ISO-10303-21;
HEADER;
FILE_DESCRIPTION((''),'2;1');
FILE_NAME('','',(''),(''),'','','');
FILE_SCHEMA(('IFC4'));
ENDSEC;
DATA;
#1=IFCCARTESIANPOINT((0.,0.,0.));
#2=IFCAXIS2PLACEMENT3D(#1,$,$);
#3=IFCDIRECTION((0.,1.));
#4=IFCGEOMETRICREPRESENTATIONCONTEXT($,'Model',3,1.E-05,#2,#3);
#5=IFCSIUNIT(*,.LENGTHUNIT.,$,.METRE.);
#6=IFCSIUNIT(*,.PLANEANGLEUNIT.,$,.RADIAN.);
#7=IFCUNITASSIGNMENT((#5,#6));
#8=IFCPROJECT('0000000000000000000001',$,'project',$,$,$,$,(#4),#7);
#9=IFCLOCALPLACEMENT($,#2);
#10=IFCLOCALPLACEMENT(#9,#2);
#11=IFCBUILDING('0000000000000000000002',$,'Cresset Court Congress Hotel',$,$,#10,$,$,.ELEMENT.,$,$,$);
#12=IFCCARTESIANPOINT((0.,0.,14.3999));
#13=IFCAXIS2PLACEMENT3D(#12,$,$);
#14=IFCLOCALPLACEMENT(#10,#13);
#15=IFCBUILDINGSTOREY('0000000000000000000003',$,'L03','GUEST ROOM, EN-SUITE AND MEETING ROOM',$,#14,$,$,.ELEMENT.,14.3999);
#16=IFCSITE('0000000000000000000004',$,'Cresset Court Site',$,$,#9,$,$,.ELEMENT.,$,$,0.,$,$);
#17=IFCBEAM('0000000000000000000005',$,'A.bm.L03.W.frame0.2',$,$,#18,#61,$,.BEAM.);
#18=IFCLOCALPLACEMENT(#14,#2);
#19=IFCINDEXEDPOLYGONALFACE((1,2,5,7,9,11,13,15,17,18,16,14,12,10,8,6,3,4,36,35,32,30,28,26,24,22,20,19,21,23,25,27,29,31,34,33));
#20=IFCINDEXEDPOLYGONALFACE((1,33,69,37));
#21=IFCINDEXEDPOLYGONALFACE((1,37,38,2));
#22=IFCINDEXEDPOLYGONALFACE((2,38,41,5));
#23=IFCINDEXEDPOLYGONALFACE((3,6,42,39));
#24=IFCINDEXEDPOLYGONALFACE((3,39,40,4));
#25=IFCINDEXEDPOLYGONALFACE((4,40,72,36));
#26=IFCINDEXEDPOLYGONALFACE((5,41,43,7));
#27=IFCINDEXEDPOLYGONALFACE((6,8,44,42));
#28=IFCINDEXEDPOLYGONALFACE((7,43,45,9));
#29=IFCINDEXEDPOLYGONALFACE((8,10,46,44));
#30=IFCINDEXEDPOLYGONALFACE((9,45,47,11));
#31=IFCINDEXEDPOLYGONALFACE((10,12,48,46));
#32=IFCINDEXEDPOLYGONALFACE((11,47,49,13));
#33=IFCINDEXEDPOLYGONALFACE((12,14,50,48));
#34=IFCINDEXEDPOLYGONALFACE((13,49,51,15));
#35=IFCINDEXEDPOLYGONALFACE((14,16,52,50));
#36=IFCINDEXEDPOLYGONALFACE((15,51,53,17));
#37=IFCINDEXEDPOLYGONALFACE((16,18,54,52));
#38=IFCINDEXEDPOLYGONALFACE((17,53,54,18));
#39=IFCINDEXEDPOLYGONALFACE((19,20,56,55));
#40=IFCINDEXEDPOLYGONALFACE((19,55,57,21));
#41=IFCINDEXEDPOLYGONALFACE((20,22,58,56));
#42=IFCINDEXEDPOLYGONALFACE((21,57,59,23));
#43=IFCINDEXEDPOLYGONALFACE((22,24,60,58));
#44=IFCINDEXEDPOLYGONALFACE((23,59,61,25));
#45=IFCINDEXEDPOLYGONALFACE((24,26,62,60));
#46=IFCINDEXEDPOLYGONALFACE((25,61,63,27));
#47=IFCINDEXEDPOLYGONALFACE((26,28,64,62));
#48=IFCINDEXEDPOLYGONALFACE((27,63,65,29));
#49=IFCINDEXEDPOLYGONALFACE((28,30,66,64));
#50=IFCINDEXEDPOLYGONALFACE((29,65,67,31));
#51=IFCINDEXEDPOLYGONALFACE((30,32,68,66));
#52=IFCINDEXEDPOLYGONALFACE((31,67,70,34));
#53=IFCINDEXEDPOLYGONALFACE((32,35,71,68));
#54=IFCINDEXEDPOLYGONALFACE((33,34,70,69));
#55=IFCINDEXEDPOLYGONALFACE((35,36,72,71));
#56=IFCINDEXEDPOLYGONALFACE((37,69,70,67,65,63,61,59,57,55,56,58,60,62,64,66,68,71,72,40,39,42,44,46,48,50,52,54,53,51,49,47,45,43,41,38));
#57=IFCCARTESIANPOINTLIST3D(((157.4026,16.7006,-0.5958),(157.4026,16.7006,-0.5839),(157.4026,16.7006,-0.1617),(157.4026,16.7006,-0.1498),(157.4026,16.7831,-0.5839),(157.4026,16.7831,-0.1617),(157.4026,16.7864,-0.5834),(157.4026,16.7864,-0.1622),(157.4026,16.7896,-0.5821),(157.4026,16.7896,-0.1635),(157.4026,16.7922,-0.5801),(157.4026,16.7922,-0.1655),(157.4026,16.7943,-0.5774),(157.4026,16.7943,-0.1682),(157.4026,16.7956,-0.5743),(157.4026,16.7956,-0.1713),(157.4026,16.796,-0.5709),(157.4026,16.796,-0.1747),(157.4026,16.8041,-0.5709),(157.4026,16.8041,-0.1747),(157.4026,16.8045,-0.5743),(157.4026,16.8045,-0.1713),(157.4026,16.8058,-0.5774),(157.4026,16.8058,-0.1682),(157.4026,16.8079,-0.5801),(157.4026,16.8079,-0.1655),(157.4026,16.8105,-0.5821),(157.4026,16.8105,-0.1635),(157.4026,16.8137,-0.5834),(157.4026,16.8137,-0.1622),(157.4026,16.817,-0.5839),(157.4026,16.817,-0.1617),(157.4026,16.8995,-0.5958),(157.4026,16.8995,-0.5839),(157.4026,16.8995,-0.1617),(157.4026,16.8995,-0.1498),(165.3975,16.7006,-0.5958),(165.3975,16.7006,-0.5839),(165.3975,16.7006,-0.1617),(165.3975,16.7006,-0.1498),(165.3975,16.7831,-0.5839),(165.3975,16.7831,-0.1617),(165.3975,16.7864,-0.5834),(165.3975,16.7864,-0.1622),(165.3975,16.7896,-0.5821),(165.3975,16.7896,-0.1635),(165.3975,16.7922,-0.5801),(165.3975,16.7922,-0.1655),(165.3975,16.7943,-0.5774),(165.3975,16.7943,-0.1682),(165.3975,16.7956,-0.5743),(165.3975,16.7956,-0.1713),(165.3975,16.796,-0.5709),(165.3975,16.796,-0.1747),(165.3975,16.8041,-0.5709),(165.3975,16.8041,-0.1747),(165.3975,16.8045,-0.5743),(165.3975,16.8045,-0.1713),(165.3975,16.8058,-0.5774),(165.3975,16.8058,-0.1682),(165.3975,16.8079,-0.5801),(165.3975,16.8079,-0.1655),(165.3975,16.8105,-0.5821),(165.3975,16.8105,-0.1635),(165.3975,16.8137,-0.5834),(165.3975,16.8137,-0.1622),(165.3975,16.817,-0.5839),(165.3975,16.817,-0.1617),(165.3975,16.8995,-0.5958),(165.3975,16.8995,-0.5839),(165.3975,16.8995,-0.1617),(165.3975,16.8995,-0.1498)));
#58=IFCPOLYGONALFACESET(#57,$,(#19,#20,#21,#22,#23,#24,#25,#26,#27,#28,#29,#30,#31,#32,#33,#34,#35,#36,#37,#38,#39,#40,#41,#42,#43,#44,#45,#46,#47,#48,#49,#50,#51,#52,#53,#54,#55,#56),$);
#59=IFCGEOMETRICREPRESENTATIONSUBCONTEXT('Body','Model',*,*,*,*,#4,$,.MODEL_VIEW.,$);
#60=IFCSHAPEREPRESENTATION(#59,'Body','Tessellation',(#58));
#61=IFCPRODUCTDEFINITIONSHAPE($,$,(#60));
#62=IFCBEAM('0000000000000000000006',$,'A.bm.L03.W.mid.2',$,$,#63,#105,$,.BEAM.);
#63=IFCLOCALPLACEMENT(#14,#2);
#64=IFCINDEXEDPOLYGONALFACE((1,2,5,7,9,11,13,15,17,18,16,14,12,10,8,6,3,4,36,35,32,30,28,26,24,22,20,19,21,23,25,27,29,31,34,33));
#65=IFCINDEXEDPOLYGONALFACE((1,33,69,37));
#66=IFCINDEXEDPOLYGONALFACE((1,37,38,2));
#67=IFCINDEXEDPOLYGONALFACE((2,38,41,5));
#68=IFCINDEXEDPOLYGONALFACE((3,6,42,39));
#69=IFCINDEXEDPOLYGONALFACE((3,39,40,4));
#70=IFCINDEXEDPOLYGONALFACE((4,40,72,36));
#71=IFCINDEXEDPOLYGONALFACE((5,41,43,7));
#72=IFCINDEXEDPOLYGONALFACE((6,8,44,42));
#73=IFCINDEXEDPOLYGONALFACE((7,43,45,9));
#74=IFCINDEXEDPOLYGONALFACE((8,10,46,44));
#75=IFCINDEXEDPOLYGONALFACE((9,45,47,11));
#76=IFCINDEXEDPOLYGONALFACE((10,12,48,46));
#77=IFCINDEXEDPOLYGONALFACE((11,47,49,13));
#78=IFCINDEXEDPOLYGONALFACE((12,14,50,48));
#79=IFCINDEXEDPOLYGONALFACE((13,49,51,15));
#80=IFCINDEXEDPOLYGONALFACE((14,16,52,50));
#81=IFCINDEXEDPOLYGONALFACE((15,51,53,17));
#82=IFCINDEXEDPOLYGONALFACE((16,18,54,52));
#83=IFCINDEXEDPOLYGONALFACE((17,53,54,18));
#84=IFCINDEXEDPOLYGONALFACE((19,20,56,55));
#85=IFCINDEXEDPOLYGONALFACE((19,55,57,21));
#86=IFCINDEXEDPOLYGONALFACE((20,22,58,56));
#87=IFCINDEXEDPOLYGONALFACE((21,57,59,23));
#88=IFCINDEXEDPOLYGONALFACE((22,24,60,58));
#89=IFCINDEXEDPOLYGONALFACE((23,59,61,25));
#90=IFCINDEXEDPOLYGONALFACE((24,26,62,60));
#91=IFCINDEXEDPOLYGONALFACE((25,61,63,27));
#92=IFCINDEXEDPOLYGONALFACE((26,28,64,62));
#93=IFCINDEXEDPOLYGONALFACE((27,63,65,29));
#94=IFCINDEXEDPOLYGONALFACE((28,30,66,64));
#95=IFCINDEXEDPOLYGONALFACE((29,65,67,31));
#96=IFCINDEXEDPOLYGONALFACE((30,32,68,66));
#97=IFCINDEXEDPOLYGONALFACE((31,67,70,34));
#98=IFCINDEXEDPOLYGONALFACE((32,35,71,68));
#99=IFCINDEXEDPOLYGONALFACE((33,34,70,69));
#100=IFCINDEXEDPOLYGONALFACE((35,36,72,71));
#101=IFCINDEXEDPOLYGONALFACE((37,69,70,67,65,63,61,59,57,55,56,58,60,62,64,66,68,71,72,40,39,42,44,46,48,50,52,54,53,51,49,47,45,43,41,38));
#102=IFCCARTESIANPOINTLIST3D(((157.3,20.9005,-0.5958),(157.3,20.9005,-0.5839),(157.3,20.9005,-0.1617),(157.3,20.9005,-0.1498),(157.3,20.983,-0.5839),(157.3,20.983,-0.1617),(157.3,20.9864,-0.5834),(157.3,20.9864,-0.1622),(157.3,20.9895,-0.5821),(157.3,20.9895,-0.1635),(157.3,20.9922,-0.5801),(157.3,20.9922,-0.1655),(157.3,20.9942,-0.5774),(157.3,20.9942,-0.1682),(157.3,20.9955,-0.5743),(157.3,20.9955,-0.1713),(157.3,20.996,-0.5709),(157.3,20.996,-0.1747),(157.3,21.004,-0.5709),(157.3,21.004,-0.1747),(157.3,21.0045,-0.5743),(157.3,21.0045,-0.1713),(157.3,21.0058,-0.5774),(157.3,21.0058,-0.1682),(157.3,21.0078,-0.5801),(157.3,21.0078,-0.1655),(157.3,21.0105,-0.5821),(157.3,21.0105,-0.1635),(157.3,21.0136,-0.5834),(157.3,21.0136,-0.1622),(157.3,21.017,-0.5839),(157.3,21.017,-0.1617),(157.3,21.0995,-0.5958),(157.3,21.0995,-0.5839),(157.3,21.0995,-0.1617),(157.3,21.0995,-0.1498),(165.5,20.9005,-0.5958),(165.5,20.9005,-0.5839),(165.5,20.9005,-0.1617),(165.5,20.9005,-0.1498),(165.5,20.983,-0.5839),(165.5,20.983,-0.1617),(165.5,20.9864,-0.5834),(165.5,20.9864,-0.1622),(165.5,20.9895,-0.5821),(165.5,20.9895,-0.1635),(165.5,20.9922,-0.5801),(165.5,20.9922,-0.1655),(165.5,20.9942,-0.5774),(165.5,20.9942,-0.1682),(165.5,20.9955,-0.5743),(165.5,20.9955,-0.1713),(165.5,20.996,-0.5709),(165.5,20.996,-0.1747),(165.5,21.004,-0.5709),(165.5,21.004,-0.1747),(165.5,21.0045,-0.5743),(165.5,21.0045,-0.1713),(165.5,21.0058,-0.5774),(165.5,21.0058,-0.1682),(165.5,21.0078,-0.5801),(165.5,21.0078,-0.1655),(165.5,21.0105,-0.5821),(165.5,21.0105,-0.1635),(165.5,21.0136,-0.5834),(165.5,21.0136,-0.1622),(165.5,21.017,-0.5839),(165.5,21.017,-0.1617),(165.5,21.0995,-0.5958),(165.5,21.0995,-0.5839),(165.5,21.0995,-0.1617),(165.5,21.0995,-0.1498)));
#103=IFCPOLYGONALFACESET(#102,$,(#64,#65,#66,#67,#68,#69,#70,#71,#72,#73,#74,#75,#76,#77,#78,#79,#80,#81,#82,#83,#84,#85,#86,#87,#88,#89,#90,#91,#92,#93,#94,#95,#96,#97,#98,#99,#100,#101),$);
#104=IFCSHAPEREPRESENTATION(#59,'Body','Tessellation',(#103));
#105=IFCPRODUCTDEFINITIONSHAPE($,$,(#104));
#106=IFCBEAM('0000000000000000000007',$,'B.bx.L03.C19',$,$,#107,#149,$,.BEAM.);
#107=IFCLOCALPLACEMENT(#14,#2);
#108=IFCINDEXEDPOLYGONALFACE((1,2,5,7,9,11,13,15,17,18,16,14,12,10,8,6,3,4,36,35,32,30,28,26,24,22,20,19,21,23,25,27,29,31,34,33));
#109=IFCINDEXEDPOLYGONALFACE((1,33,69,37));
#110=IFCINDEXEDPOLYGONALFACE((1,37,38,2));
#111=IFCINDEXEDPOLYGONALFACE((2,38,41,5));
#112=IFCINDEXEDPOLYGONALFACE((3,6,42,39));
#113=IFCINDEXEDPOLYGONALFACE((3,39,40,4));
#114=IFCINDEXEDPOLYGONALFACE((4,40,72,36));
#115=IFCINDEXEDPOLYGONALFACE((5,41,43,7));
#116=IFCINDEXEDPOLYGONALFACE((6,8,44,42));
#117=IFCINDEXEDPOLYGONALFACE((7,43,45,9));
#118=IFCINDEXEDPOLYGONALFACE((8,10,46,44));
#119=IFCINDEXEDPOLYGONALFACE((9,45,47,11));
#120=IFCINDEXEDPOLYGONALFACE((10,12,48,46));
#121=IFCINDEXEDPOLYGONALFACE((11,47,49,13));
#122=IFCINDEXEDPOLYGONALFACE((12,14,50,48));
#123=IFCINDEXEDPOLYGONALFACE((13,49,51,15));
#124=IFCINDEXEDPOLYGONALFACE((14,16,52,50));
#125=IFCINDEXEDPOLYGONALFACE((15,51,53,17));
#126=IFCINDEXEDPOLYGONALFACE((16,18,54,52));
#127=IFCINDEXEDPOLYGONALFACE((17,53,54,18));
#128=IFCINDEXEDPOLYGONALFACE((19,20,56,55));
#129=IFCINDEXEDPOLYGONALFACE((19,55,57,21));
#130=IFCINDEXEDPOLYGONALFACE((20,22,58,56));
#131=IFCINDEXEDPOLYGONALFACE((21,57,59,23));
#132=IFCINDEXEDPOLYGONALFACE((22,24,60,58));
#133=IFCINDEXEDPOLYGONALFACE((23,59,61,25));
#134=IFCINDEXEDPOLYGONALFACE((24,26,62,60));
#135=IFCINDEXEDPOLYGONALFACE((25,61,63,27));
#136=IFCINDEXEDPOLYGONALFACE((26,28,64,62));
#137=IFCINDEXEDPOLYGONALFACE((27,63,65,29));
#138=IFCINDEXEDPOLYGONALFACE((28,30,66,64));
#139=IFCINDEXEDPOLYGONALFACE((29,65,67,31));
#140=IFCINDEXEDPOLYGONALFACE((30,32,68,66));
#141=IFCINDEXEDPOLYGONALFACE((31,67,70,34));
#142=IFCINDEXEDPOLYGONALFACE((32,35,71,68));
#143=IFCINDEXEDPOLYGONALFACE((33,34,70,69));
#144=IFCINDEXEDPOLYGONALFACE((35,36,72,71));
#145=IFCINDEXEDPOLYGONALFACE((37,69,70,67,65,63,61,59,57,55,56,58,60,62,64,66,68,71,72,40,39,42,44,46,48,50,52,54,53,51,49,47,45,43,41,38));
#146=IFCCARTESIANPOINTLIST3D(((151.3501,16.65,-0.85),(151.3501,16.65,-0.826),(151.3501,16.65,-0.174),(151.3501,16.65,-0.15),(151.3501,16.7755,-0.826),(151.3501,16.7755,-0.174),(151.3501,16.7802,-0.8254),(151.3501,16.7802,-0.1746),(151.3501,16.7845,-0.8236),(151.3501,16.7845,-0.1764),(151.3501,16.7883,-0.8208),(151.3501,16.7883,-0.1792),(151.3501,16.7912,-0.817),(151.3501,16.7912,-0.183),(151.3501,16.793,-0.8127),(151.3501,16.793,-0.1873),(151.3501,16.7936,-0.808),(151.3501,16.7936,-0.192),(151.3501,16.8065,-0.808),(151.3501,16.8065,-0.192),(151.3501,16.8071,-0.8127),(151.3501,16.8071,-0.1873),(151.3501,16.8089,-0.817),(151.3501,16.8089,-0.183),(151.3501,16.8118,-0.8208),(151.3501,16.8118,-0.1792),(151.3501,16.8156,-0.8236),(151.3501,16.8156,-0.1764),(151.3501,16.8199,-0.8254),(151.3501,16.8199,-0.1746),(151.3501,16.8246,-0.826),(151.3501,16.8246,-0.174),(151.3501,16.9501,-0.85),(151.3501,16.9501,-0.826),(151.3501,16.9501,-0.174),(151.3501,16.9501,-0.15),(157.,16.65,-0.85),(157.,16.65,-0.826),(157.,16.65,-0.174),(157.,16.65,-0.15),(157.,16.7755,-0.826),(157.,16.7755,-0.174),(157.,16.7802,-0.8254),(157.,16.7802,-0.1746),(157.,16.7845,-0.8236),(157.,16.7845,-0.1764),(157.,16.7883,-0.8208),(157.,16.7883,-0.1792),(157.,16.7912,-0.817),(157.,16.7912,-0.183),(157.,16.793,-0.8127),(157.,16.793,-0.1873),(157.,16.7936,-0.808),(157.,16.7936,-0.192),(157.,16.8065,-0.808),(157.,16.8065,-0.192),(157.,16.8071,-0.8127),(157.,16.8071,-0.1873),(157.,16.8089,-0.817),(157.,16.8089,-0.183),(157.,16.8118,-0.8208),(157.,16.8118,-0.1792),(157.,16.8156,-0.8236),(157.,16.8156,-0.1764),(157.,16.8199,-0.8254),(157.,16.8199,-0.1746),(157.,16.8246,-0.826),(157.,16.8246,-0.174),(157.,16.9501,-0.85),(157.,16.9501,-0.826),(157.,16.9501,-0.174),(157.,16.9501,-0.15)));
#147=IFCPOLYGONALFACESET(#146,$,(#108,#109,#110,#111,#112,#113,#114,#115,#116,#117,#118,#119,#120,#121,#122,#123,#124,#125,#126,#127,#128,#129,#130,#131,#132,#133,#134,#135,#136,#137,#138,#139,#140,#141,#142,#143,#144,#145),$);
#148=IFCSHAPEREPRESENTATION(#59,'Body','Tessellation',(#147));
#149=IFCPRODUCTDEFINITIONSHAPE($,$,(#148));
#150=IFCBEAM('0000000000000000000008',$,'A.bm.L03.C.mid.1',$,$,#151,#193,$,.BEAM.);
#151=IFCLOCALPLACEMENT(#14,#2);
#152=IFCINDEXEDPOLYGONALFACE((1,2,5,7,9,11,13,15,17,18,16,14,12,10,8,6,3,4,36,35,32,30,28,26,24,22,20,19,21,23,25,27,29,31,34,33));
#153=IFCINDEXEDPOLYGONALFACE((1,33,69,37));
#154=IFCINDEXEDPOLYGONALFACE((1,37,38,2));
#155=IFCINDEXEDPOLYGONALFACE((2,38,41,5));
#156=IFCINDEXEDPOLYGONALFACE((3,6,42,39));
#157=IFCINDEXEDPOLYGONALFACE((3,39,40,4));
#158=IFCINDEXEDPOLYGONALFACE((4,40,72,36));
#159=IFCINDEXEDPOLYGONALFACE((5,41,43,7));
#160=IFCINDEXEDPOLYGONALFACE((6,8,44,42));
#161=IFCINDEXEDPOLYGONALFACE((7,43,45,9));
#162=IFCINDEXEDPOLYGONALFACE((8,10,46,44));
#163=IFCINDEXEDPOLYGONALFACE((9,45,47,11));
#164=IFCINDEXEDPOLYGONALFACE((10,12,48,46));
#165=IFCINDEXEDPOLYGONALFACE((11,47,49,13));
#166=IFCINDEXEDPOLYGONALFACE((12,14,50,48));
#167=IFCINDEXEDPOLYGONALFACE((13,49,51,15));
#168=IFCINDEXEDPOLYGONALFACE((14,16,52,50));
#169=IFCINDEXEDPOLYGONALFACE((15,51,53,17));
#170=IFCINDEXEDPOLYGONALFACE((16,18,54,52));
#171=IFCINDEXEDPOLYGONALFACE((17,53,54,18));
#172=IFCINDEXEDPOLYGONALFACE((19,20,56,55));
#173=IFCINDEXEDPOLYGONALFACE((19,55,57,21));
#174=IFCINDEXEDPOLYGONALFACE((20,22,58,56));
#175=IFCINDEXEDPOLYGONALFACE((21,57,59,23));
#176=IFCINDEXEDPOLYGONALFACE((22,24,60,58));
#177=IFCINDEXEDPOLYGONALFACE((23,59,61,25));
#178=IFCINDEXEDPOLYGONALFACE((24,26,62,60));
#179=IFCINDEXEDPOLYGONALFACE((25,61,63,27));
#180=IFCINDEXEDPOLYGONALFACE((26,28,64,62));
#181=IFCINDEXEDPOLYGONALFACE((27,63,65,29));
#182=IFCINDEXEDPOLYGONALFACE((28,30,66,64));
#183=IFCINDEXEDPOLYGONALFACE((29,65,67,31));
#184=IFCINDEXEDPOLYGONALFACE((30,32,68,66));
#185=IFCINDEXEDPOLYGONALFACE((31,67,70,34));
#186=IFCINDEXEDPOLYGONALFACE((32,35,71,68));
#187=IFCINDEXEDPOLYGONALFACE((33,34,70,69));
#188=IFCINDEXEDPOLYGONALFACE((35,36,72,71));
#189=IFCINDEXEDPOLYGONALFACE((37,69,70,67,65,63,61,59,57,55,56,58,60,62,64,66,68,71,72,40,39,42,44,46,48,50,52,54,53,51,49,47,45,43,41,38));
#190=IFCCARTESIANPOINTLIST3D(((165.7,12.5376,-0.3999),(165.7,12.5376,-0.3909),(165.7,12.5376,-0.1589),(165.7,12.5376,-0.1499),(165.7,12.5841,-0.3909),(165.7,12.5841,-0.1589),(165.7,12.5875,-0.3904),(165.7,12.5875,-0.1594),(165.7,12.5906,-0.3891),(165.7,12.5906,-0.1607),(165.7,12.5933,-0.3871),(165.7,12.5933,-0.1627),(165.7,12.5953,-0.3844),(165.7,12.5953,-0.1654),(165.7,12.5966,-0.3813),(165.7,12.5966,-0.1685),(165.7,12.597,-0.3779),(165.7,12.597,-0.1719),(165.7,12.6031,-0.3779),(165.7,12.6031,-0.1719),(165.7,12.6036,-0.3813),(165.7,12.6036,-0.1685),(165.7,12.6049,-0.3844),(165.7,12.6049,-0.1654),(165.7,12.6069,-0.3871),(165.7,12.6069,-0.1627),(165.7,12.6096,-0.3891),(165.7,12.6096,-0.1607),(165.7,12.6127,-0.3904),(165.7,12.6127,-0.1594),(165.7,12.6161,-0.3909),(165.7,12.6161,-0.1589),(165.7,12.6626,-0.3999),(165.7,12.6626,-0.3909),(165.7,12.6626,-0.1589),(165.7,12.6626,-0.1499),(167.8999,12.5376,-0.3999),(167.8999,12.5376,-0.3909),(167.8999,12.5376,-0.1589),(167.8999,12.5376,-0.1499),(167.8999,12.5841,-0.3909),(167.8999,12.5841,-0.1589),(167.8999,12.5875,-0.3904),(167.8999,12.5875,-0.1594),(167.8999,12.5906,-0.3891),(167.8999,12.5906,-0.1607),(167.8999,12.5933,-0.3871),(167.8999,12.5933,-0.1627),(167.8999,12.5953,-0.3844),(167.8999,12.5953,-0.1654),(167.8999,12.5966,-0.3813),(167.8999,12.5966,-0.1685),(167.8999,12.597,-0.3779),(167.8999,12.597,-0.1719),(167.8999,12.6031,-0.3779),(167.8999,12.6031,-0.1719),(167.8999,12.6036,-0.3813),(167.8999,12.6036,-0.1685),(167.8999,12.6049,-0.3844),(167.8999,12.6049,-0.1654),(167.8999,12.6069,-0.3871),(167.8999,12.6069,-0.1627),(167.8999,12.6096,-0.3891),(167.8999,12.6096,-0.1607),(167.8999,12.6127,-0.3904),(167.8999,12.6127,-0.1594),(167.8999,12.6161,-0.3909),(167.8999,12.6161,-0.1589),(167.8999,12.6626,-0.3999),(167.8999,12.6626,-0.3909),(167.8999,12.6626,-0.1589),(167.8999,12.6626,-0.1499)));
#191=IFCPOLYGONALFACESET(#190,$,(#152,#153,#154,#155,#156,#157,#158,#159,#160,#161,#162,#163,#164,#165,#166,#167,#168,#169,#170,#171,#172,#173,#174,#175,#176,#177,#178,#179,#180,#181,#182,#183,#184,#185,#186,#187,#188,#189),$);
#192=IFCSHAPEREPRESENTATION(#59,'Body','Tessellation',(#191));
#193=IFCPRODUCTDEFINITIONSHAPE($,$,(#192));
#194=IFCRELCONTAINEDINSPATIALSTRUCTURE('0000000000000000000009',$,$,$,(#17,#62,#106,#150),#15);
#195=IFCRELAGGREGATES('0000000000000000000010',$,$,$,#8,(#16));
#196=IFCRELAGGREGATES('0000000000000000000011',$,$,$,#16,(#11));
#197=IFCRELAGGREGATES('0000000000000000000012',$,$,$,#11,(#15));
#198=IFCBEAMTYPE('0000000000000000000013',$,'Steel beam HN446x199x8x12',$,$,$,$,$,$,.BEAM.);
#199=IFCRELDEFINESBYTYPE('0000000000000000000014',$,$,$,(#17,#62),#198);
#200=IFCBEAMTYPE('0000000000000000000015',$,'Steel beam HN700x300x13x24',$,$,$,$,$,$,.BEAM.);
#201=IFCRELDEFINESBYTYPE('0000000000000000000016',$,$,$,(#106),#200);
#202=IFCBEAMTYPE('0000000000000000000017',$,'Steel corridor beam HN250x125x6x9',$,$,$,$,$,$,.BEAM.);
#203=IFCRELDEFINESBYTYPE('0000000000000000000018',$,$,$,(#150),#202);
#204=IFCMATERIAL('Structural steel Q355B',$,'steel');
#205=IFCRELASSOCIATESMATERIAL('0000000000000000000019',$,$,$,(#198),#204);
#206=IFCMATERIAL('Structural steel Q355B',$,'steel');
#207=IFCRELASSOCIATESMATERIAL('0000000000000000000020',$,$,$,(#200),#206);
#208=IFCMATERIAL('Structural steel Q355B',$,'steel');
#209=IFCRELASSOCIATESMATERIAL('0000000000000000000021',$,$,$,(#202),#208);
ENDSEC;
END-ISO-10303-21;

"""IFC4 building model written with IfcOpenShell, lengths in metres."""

from ifc_helpers import new_model, si_unit, direction, frame, origin, origin_2d, place, context, subcontext, project, spatial, i_section, extrude, material, material_profile, profile_set, type_object, element, save


model = new_model("IFC4")

# Units and contexts
model_context = context("Model", 3, precision=1e-05, world=origin(), true_north=direction((0.0, 1.0)))
body_context = subcontext(model_context, "Body", "Model", "MODEL_VIEW")
ifc_project = project(units=[si_unit("LENGTHUNIT", "METRE"), si_unit("PLANEANGLEUNIT", "RADIAN")], contexts=[model_context])

# Site, building, storey
site_placement = place(None, origin())
site = spatial("IfcSite", under=ifc_project, at=site_placement, Name="Cresset Court Site", CompositionType="ELEMENT", RefElevation=0.0)
building_placement = place(site_placement, origin())
building = spatial("IfcBuilding", under=site, at=building_placement, Name="Cresset Court Congress Hotel", CompositionType="ELEMENT")
storey_placement = place(building_placement, frame((0.0, 0.0, 14.3999)))
storey = spatial("IfcBuildingStorey", under=building, at=storey_placement, Name="L03", Description="GUEST ROOM, EN-SUITE AND MEETING ROOM", CompositionType="ELEMENT", Elevation=14.3999)

# Beams
ifc_material_1 = material(Name="Structural steel Q355B", Category="steel")
ifc_material_profile_1 = material_profile(ifc_material_1, i_section(OverallWidth=0.199, OverallDepth=0.446, WebThickness=0.0081, FlangeThickness=0.012, FilletRadius=0.0129, at=origin_2d()), Name="HN446x199x8x12")
ifc_profile_set_1 = profile_set([ifc_material_profile_1], Name="Structural steel Q355B")
beam_type_1 = type_object("IfcBeamType", Name="Steel beam HN446x199x8x12", PredefinedType="BEAM", material=ifc_profile_set_1)
beam_1_placement = place(storey_placement, frame((157.4026, 16.8, -0.3728), z_axis=(1.0, 0.0, 0.0), x_axis=(0.0, 1.0, 0.0)))
element("IfcBeam", 1, at=beam_1_placement, inside=storey, type_object=beam_type_1, Name="A.bm.L03.W.frame0.2", PredefinedType="BEAM", context=body_context, shape_type="SweptSolid", body=[
    extrude(i_section(OverallWidth=0.199, OverallDepth=0.446, WebThickness=0.0081, FlangeThickness=0.012, FilletRadius=0.0129, at=origin_2d()), origin(), (0.0, 0.0, 1.0), 7.9949),
])
beam_2_placement = place(storey_placement, frame((157.3, 21.0, -0.3728), z_axis=(1.0, 0.0, 0.0), x_axis=(0.0, 1.0, 0.0)))
element("IfcBeam", 2, at=beam_2_placement, inside=storey, type_object=beam_type_1, Name="A.bm.L03.W.mid.2", PredefinedType="BEAM", context=body_context, shape_type="SweptSolid", body=[
    extrude(i_section(OverallWidth=0.199, OverallDepth=0.446, WebThickness=0.0081, FlangeThickness=0.012, FilletRadius=0.0129, at=origin_2d()), origin(), (0.0, 0.0, 1.0), 8.2),
])
ifc_material_2 = material(Name="Structural steel Q355B", Category="steel")
ifc_material_profile_2 = material_profile(ifc_material_2, i_section(OverallWidth=0.3, OverallDepth=0.7, WebThickness=0.0129, FlangeThickness=0.0239, FilletRadius=0.0181, at=origin_2d()), Name="HN700x300x13x24")
ifc_profile_set_2 = profile_set([ifc_material_profile_2], Name="Structural steel Q355B")
beam_type_2 = type_object("IfcBeamType", Name="Steel beam HN700x300x13x24", PredefinedType="BEAM", material=ifc_profile_set_2)
beam_3_placement = place(storey_placement, frame((151.3501, 16.8, -0.5), z_axis=(1.0, 0.0, 0.0), x_axis=(0.0, 1.0, 0.0)))
element("IfcBeam", 3, at=beam_3_placement, inside=storey, type_object=beam_type_2, Name="B.bx.L03.C19", PredefinedType="BEAM", context=body_context, shape_type="SweptSolid", body=[
    extrude(i_section(OverallWidth=0.3, OverallDepth=0.7, WebThickness=0.0129, FlangeThickness=0.0239, FilletRadius=0.0181, at=origin_2d()), origin(), (0.0, 0.0, 1.0), 5.6499),
])
ifc_material_3 = material(Name="Structural steel Q355B", Category="steel")
ifc_material_profile_3 = material_profile(ifc_material_3, i_section(OverallWidth=0.125, OverallDepth=0.25, WebThickness=0.0061, FlangeThickness=0.009, FilletRadius=0.0129, at=origin_2d()), Name="HN250x125x6x9")
ifc_profile_set_3 = profile_set([ifc_material_profile_3], Name="Structural steel Q355B")
beam_type_3 = type_object("IfcBeamType", Name="Steel corridor beam HN250x125x6x9", PredefinedType="BEAM", material=ifc_profile_set_3)
beam_4_placement = place(storey_placement, frame((165.7, 12.6001, -0.2749), z_axis=(1.0, 0.0, 0.0), x_axis=(0.0, 1.0, 0.0)))
element("IfcBeam", 4, at=beam_4_placement, inside=storey, type_object=beam_type_3, Name="A.bm.L03.C.mid.1", PredefinedType="BEAM", context=body_context, shape_type="SweptSolid", body=[
    extrude(i_section(OverallWidth=0.125, OverallDepth=0.25, WebThickness=0.0061, FlangeThickness=0.009, FilletRadius=0.0129, at=origin_2d()), origin(), (0.0, 0.0, 1.0), 2.2),
])

save(model, "model.ifc")
